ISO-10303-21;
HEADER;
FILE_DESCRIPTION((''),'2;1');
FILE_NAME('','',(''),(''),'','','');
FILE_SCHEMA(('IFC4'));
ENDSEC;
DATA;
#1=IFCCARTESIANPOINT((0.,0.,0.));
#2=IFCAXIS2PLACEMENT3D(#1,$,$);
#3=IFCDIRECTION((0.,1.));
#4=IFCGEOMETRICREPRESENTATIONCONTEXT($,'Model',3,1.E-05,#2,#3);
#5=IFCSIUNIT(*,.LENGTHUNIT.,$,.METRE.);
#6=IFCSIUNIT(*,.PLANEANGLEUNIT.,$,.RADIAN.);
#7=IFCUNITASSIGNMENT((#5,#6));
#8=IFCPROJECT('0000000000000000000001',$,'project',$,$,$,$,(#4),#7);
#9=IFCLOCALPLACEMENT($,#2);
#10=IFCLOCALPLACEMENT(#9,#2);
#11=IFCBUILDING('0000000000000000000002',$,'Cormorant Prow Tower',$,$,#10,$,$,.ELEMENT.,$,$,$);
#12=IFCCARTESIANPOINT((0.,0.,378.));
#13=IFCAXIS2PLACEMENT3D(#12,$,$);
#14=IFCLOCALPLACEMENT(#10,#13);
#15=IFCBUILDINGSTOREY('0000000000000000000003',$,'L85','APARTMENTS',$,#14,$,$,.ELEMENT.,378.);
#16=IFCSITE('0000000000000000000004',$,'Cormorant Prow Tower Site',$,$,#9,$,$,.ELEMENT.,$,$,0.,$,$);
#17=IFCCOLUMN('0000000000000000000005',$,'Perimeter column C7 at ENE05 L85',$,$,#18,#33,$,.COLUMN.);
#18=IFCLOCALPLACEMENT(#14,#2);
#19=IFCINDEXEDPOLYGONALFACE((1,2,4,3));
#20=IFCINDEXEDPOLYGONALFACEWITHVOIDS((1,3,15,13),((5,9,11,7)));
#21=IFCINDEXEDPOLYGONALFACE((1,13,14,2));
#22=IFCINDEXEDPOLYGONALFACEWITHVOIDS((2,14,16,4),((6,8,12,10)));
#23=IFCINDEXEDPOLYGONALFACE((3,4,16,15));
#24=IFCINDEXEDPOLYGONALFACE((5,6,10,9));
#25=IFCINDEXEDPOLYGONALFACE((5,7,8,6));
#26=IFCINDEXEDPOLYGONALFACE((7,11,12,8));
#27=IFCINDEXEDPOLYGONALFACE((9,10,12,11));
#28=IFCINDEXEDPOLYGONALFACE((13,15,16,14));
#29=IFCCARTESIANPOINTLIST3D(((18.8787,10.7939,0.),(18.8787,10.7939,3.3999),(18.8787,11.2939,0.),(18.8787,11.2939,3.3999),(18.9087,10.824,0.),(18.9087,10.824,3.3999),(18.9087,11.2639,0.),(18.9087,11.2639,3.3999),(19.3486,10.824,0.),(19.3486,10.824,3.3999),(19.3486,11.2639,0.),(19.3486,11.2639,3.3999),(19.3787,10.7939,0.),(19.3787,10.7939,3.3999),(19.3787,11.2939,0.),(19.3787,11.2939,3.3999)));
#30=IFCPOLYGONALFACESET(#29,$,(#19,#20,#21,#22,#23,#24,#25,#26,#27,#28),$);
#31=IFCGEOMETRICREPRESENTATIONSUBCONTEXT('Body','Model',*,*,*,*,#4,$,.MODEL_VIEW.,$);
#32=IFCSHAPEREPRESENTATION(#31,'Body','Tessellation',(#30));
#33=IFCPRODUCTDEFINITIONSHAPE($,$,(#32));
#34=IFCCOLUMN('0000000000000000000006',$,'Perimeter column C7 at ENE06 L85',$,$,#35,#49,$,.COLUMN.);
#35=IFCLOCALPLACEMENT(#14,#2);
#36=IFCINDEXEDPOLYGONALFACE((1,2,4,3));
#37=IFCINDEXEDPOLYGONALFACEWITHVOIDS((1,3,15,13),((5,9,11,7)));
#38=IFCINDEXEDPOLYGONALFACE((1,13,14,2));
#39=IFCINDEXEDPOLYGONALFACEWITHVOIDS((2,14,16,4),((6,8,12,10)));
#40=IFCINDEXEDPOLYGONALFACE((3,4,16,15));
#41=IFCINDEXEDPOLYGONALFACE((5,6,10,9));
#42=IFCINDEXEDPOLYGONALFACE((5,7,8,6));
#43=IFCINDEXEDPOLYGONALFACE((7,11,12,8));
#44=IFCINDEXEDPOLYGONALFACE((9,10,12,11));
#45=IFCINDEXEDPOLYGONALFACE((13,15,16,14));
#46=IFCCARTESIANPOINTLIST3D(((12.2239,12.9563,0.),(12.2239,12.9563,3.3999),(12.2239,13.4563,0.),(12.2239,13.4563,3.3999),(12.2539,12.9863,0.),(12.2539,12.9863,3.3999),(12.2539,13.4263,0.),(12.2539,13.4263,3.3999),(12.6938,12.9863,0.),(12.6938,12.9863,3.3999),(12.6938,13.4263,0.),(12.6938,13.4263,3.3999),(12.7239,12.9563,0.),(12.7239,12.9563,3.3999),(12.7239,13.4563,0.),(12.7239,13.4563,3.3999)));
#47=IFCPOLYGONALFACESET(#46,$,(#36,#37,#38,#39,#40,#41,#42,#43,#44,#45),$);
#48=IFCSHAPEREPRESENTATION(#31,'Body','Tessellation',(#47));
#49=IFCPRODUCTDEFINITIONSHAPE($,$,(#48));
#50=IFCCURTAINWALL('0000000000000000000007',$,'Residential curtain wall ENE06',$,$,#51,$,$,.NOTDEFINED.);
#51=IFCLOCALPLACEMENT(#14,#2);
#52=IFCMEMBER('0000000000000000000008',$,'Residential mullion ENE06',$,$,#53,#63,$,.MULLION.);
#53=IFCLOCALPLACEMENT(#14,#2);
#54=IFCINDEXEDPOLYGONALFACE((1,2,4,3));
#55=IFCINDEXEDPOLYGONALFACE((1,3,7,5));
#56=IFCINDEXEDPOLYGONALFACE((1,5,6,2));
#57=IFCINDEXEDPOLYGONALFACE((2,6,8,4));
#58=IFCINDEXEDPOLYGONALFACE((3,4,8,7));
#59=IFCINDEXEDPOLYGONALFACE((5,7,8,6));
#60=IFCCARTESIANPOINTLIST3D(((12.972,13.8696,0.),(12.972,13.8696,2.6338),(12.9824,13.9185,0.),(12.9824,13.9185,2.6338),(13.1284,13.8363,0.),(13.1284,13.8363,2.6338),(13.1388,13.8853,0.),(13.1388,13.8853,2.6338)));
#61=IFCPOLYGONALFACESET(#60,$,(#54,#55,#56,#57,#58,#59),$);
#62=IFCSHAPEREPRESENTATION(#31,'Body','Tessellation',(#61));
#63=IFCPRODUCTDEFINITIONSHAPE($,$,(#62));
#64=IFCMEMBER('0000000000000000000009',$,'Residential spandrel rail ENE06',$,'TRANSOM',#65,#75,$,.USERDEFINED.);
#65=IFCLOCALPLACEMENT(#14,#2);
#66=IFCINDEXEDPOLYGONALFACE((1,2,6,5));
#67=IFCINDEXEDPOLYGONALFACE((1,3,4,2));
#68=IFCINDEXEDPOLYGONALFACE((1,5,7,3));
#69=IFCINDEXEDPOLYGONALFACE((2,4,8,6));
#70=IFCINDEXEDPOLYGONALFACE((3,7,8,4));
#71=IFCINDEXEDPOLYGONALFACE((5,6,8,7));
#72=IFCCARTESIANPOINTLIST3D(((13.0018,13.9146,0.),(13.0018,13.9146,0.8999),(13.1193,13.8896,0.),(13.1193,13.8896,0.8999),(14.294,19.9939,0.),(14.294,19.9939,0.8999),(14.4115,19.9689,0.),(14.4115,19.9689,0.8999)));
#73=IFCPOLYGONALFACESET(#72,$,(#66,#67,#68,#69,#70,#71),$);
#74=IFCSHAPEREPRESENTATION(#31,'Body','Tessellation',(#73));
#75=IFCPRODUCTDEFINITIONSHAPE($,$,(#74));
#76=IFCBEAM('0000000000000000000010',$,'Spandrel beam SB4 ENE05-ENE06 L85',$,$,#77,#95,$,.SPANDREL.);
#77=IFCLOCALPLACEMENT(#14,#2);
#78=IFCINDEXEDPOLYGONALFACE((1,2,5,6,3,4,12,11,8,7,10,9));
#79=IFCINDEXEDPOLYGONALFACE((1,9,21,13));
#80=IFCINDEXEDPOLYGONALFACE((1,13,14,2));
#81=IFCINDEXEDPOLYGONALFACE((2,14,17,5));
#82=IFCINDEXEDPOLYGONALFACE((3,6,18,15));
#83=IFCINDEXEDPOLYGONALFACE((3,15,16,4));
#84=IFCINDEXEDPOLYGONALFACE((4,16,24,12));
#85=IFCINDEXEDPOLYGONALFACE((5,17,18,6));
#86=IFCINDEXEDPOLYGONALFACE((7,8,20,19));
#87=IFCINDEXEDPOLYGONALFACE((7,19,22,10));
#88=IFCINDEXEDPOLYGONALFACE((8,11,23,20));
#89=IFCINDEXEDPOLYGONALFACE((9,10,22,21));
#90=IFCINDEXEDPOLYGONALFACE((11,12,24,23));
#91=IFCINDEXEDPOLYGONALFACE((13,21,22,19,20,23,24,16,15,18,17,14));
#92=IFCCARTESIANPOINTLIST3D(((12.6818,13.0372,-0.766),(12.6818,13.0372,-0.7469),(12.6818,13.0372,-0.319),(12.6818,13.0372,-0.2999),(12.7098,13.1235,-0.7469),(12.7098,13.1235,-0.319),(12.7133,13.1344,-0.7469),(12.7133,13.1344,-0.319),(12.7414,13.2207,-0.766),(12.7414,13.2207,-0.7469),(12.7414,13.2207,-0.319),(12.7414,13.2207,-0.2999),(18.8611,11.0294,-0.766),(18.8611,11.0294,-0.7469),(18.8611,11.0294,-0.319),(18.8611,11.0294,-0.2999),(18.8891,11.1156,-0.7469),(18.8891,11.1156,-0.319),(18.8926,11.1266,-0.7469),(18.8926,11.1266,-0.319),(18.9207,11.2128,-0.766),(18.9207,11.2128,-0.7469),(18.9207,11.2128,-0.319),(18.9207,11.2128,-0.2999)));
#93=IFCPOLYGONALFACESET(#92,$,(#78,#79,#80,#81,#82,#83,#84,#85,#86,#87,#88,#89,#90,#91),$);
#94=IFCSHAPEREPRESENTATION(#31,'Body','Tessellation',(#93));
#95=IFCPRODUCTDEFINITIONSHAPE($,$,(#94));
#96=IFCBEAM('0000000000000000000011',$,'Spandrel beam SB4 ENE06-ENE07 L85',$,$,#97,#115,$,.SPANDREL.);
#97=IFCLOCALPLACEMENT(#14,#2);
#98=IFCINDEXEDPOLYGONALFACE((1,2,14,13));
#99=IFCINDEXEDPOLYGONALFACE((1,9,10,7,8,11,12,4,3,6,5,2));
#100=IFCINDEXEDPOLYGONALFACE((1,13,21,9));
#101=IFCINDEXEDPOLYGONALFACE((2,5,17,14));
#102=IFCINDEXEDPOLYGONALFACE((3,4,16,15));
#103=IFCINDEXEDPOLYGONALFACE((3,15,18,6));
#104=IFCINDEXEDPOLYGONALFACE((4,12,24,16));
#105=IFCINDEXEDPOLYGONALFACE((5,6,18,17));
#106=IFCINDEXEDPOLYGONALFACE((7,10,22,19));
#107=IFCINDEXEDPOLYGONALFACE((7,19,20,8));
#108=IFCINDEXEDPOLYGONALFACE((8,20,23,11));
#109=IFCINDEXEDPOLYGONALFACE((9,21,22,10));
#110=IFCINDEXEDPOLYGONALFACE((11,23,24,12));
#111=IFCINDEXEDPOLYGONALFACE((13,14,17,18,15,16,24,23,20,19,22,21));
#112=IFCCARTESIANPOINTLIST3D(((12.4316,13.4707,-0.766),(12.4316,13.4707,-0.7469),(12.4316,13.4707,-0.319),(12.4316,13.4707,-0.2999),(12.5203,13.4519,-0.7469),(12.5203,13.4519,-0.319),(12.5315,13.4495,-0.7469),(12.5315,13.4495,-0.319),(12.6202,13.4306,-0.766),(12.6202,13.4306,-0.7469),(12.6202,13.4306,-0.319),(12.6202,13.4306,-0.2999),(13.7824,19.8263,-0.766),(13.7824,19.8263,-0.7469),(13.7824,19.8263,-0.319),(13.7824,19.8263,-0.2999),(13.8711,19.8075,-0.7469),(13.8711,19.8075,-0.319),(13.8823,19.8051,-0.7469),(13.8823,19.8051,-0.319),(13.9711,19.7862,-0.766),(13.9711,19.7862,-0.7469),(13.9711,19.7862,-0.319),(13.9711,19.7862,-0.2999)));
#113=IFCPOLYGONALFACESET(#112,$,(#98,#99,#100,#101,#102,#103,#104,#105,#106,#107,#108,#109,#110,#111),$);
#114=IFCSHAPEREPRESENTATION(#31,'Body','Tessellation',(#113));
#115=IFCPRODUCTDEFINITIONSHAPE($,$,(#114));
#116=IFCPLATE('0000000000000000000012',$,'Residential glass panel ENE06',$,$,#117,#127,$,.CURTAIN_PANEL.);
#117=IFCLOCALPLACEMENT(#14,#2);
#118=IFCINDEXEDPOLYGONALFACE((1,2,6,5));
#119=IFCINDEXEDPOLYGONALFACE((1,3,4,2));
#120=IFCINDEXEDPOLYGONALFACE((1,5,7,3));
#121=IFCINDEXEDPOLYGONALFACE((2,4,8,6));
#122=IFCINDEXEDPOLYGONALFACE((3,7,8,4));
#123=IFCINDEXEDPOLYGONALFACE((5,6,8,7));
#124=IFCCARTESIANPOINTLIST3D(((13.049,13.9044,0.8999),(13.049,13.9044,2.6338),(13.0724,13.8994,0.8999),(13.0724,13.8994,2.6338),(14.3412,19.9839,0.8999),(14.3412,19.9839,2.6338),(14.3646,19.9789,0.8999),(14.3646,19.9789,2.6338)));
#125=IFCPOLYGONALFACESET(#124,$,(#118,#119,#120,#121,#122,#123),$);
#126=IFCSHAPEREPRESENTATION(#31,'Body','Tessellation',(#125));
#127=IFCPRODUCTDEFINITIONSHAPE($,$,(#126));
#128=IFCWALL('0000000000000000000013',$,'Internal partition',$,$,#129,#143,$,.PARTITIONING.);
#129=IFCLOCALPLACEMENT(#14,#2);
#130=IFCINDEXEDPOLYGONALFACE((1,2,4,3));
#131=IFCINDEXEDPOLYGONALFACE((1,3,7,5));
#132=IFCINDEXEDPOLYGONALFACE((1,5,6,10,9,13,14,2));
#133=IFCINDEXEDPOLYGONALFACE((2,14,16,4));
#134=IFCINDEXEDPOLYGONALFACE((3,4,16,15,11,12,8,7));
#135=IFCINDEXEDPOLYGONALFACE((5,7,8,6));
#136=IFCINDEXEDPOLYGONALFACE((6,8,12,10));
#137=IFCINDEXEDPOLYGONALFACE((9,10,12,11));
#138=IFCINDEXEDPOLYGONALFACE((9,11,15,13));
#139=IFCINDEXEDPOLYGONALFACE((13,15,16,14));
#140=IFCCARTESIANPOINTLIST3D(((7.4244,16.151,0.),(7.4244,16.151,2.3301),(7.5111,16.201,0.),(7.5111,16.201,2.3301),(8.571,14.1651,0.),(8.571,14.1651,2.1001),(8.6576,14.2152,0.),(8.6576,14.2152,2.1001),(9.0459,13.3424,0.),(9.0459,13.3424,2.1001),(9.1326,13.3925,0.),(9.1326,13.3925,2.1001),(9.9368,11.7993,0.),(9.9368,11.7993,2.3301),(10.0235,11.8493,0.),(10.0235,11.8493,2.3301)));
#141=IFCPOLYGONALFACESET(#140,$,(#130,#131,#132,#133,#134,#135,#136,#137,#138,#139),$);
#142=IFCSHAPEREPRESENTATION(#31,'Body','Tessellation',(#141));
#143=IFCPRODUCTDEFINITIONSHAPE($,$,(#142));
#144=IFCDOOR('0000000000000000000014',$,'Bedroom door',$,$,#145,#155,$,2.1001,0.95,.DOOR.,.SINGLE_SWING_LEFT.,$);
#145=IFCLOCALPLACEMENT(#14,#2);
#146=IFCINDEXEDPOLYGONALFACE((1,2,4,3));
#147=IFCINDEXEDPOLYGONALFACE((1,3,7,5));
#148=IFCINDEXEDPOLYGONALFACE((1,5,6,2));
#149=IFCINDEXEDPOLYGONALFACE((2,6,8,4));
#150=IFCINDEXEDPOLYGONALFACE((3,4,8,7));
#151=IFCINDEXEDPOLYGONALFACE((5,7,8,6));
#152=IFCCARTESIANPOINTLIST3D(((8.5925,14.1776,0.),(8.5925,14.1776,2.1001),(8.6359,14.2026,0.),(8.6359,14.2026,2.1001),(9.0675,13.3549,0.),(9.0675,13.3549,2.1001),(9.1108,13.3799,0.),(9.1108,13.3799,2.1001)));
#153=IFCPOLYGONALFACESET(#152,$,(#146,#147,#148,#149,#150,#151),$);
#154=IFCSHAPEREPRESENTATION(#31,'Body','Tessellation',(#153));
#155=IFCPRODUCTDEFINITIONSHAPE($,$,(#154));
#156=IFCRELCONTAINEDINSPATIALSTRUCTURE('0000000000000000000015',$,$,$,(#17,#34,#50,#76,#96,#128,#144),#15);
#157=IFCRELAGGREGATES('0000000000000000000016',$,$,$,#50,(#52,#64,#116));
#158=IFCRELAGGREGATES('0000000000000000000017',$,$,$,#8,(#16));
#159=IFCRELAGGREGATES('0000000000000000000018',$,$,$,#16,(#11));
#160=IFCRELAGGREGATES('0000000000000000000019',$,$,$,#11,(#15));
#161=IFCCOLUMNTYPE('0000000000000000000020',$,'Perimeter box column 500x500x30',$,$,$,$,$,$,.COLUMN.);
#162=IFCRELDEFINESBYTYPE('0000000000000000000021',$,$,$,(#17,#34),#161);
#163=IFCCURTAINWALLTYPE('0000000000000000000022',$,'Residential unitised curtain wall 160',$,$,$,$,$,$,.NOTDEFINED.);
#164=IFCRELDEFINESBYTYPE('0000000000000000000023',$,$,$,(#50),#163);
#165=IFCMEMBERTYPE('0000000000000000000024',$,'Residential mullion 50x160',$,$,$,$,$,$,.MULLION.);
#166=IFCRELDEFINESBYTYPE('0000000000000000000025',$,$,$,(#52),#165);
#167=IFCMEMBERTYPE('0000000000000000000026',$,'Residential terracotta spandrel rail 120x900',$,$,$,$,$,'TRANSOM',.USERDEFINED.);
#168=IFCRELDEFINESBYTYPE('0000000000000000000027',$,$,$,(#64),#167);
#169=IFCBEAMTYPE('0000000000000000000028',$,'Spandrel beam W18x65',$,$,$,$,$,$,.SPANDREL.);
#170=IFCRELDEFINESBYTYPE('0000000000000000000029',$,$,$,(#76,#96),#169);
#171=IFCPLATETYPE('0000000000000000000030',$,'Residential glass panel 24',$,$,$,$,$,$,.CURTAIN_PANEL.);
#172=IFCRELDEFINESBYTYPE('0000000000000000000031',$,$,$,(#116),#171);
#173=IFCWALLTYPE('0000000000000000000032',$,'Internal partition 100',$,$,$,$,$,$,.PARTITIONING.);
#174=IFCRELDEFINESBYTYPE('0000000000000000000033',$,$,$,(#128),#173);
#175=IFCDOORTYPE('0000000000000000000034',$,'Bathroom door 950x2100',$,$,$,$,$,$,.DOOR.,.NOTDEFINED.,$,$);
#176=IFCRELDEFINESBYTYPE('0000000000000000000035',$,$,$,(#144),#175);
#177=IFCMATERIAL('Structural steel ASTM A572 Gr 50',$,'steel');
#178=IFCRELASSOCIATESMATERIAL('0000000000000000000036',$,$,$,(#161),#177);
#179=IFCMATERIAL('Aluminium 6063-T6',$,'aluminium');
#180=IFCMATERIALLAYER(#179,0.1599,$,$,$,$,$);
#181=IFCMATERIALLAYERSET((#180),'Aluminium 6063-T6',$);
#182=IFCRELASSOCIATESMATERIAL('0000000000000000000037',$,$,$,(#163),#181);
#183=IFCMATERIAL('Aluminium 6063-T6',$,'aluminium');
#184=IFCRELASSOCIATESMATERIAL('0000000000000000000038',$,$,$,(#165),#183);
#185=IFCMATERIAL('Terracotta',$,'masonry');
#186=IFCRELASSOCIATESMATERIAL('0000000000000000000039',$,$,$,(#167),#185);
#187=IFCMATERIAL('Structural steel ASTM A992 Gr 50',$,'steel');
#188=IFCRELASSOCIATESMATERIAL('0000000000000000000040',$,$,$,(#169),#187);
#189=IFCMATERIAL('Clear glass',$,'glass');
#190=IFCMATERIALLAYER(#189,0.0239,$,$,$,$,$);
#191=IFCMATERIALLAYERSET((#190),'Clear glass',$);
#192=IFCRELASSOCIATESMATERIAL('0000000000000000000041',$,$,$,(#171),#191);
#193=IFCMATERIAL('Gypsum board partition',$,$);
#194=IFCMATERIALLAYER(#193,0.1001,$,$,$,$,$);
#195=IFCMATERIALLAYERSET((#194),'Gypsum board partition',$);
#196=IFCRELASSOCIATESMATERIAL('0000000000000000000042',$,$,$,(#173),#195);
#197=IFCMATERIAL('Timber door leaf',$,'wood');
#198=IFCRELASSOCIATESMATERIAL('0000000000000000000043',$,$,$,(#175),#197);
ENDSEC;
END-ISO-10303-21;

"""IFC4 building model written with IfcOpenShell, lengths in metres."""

from ifc_helpers import new_model, si_unit, direction, frame, frame_2d, origin, origin_2d, place, context, subcontext, project, spatial, rectangle, hollow_rectangle, i_section, extrude, material, layer, layer_set, material_profile, profile_set, type_object, element, fill, aggregate, save


model = new_model("IFC4")

# Units and contexts
model_context = context("Model", 3, precision=1e-05, world=origin(), true_north=direction((0.0, 1.0)))
body_context = subcontext(model_context, "Body", "Model", "MODEL_VIEW")
ifc_project = project(units=[si_unit("LENGTHUNIT", "METRE"), si_unit("PLANEANGLEUNIT", "RADIAN")], contexts=[model_context])

# Site, building, storey
site_placement = place(None, origin())
site = spatial("IfcSite", under=ifc_project, at=site_placement, Name="Cormorant Prow Tower Site", CompositionType="ELEMENT", RefElevation=0.0)
building_placement = place(site_placement, origin())
building = spatial("IfcBuilding", under=site, at=building_placement, Name="Cormorant Prow Tower", CompositionType="ELEMENT")
storey_placement = place(building_placement, frame((0.0, 0.0, 378.0)))
storey = spatial("IfcBuildingStorey", under=building, at=storey_placement, Name="L85", Description="APARTMENTS", CompositionType="ELEMENT", Elevation=378.0)

# Columns
ifc_material_1 = material(Name="Structural steel ASTM A572 Gr 50", Category="steel")
ifc_material_profile_1 = material_profile(ifc_material_1, hollow_rectangle(XDim=0.5, YDim=0.5, WallThickness=0.03, at=origin_2d()), Name="Box 500x500x30")
ifc_profile_set_1 = profile_set([ifc_material_profile_1], Name="Structural steel ASTM A572 Gr 50")
column_type = type_object("IfcColumnType", Name="Perimeter box column 500x500x30", PredefinedType="COLUMN", material=ifc_profile_set_1)
for number, where, z_axis, x_axis, name in (
    (1, (19.1287, 11.0439, 0.0), (0.0, 0.0, 1.0), (1.0, 0.0, 0.0), "Perimeter column C7 at ENE05 L85"),
    (2, (12.4739, 13.2063, 0.0), (0.0, 0.0, 1.0), (1.0, 0.0, 0.0), "Perimeter column C7 at ENE06 L85"),
):
    element("IfcColumn", number, at=place(storey_placement, frame(where, z_axis=z_axis, x_axis=x_axis)), inside=storey, type_object=column_type, Name=name, PredefinedType="COLUMN", context=body_context, shape_type="SweptSolid", body=[
        extrude(hollow_rectangle(XDim=0.5, YDim=0.5, WallThickness=0.03, at=origin_2d()), origin(), (0.0, 0.0, 1.0), 3.3999),
    ])

# Curtain wall, members
ifc_material_2 = material(Name="Aluminium 6063-T6", Category="aluminium")
ifc_layer_1 = layer(ifc_material_2, 0.1599)
ifc_layer_set_1 = layer_set([ifc_layer_1], Name="Aluminium 6063-T6")
curtain_wall_type = type_object("IfcCurtainWallType", Name="Residential unitised curtain wall 160", PredefinedType="NOTDEFINED", material=ifc_layer_set_1)
curtain_wall_placement = place(storey_placement, origin())
curtain_wall = element("IfcCurtainWall", 3, at=curtain_wall_placement, inside=storey, type_object=curtain_wall_type, Name="Residential curtain wall ENE06", PredefinedType="NOTDEFINED")
ifc_material_3 = material(Name="Aluminium 6063-T6", Category="aluminium")
ifc_material_profile_2 = material_profile(ifc_material_3, rectangle(XDim=0.1599, YDim=0.05, at=origin_2d()), Name="Residential mullion 50x160")
ifc_profile_set_2 = profile_set([ifc_material_profile_2], Name="Aluminium 6063-T6")
member_type_1 = type_object("IfcMemberType", Name="Residential mullion 50x160", PredefinedType="MULLION", material=ifc_profile_set_2)
member_1_placement = place(storey_placement, frame((13.0554, 13.8774, 0.0), z_axis=(0.0, 0.0, 1.0), x_axis=(-0.978148, 0.207912, 0.0)))
member_1 = element("IfcMember", 4, at=member_1_placement, type_object=member_type_1, Name="Residential mullion ENE06", PredefinedType="MULLION", context=body_context, shape_type="SweptSolid", body=[
    extrude(rectangle(XDim=0.1599, YDim=0.05, at=origin_2d()), origin(), (0.0, 0.0, 1.0), 2.6338),
])
ifc_material_4 = material(Name="Terracotta", Category="masonry")
ifc_material_profile_3 = material_profile(ifc_material_4, rectangle(XDim=0.1201, YDim=0.8999, at=origin_2d()), Name="Residential terracotta spandrel rail 120x900")
ifc_profile_set_3 = profile_set([ifc_material_profile_3], Name="Terracotta")
member_type_2 = type_object("IfcMemberType", Name="Residential terracotta spandrel rail 120x900", ElementType="TRANSOM", PredefinedType="USERDEFINED", material=ifc_profile_set_3)
member_2_placement = place(storey_placement, frame((13.0605, 13.9021, 0.45), z_axis=(0.207917, 0.978147, 0.0), x_axis=(-0.978147, 0.207917, 0.0)))
member_2 = element("IfcMember", 5, at=member_2_placement, type_object=member_type_2, Name="Residential spandrel rail ENE06", ObjectType="TRANSOM", PredefinedType="USERDEFINED", context=body_context, shape_type="SweptSolid", body=[
    extrude(rectangle(XDim=0.1201, YDim=0.8999, at=origin_2d()), origin(), (0.0, 0.0, 1.0), 6.2151),
])

# Beams
ifc_material_5 = material(Name="Structural steel ASTM A992 Gr 50", Category="steel")
ifc_material_profile_4 = material_profile(ifc_material_5, i_section(OverallWidth=0.1929, OverallDepth=0.4661, WebThickness=0.0115, FlangeThickness=0.019, at=origin_2d()), Name="W18x65")
ifc_profile_set_4 = profile_set([ifc_material_profile_4], Name="Structural steel ASTM A992 Gr 50")
beam_type = type_object("IfcBeamType", Name="Spandrel beam W18x65", PredefinedType="SPANDREL", material=ifc_profile_set_4)
beam_1_placement = place(storey_placement, frame((18.8909, 11.1211, -0.533), z_axis=(-0.951053, 0.309027, 0.0), x_axis=(-0.309027, -0.951053, 0.0)))
element("IfcBeam", 6, at=beam_1_placement, inside=storey, type_object=beam_type, Name="Spandrel beam SB4 ENE05-ENE06 L85", PredefinedType="SPANDREL", context=body_context, shape_type="SweptSolid", body=[
    extrude(i_section(OverallWidth=0.1929, OverallDepth=0.4661, WebThickness=0.0115, FlangeThickness=0.019, at=origin_2d()), origin(), (0.0, 0.0, 1.0), 6.4973),
])
beam_2_placement = place(storey_placement, frame((12.5259, 13.4507, -0.533), z_axis=(0.207902, 0.97815, 0.0), x_axis=(-0.97815, 0.207902, 0.0)))
element("IfcBeam", 7, at=beam_2_placement, inside=storey, type_object=beam_type, Name="Spandrel beam SB4 ENE06-ENE07 L85", PredefinedType="SPANDREL", context=body_context, shape_type="SweptSolid", body=[
    extrude(i_section(OverallWidth=0.1929, OverallDepth=0.4661, WebThickness=0.0115, FlangeThickness=0.019, at=origin_2d()), origin(), (0.0, 0.0, 1.0), 6.4976),
])

# Plate
ifc_material_6 = material(Name="Clear glass", Category="glass")
ifc_layer_2 = layer(ifc_material_6, 0.0239)
ifc_layer_set_2 = layer_set([ifc_layer_2], Name="Clear glass")
plate_type = type_object("IfcPlateType", Name="Residential glass panel 24", PredefinedType="CURTAIN_PANEL", material=ifc_layer_set_2)
plate_placement = place(storey_placement, frame((13.7068, 16.9417, 0.8999), z_axis=(0.0, 0.0, 1.0), x_axis=(0.207912, 0.978148, 0.0)))
plate = element("IfcPlate", 8, at=plate_placement, type_object=plate_type, Name="Residential glass panel ENE06", PredefinedType="CURTAIN_PANEL", context=body_context, shape_type="SweptSolid", body=[
    extrude(rectangle(XDim=6.2153, YDim=0.0239, at=origin_2d()), origin(), (0.0, 0.0, 1.0), 1.7339),
])
aggregate(curtain_wall, [member_1, member_2, plate])

# Wall, opening, door
ifc_material_7 = material(Name="Gypsum board partition")
ifc_layer_3 = layer(ifc_material_7, 0.1001)
ifc_layer_set_3 = layer_set([ifc_layer_3], Name="Gypsum board partition")
wall_type_1 = type_object("IfcWallType", Name="Internal partition 100", PredefinedType="PARTITIONING", material=ifc_layer_set_3)
wall_1_placement = place(storey_placement, frame((7.4678, 16.176, 0.0), z_axis=(0.0, 0.0, 1.0), x_axis=(0.49999, -0.866031, 0.0)))
wall_1 = element("IfcWall", 9, at=wall_1_placement, inside=storey, type_object=wall_type_1, Name="Internal partition", PredefinedType="PARTITIONING", context=body_context, shape_type="SweptSolid", body=[
    extrude(rectangle(XDim=5.0249, YDim=0.1001, at=frame_2d((2.5125, 0.0))), origin(), (0.0, 0.0, 1.0), 2.3301),
])
opening_1_placement = place(wall_1_placement, frame((2.293, 0.0, 0.0)))
opening_1 = element("IfcOpeningElement", 10, at=opening_1_placement, cuts=wall_1, PredefinedType="OPENING", context=body_context, shape_type="SweptSolid", body=[
    extrude(rectangle(XDim=0.95, YDim=2.1001, at=frame_2d((0.4751, 1.05))), frame((0.0, 0.0601, 0.0), z_axis=(0.0, -1.0, 0.0), x_axis=(1.0, 0.0, 0.0)), (0.0, 0.0, 1.0), 0.1201),
])
ifc_material_8 = material(Name="Timber door leaf", Category="wood")
door_type_1 = type_object("IfcDoorType", Name="Bathroom door 950x2100", OperationType="NOTDEFINED", PredefinedType="DOOR", material=ifc_material_8)
door_1_placement = place(opening_1_placement, origin())
door_1 = element("IfcDoor", 11, at=door_1_placement, inside=storey, type_object=door_type_1, Name="Bedroom door", OperationType="SINGLE_SWING_LEFT", OverallHeight=2.1001, OverallWidth=0.95, PredefinedType="DOOR", context=body_context, shape_type="SweptSolid", body=[
    extrude(rectangle(XDim=0.95, YDim=2.1001, at=frame_2d((0.4751, 1.05))), frame((0.0, 0.0249, 0.0), z_axis=(0.0, -1.0, 0.0), x_axis=(1.0, 0.0, 0.0)), (0.0, 0.0, 1.0), 0.05),
])
fill(opening_1, door_1)

save(model, "model.ifc")
